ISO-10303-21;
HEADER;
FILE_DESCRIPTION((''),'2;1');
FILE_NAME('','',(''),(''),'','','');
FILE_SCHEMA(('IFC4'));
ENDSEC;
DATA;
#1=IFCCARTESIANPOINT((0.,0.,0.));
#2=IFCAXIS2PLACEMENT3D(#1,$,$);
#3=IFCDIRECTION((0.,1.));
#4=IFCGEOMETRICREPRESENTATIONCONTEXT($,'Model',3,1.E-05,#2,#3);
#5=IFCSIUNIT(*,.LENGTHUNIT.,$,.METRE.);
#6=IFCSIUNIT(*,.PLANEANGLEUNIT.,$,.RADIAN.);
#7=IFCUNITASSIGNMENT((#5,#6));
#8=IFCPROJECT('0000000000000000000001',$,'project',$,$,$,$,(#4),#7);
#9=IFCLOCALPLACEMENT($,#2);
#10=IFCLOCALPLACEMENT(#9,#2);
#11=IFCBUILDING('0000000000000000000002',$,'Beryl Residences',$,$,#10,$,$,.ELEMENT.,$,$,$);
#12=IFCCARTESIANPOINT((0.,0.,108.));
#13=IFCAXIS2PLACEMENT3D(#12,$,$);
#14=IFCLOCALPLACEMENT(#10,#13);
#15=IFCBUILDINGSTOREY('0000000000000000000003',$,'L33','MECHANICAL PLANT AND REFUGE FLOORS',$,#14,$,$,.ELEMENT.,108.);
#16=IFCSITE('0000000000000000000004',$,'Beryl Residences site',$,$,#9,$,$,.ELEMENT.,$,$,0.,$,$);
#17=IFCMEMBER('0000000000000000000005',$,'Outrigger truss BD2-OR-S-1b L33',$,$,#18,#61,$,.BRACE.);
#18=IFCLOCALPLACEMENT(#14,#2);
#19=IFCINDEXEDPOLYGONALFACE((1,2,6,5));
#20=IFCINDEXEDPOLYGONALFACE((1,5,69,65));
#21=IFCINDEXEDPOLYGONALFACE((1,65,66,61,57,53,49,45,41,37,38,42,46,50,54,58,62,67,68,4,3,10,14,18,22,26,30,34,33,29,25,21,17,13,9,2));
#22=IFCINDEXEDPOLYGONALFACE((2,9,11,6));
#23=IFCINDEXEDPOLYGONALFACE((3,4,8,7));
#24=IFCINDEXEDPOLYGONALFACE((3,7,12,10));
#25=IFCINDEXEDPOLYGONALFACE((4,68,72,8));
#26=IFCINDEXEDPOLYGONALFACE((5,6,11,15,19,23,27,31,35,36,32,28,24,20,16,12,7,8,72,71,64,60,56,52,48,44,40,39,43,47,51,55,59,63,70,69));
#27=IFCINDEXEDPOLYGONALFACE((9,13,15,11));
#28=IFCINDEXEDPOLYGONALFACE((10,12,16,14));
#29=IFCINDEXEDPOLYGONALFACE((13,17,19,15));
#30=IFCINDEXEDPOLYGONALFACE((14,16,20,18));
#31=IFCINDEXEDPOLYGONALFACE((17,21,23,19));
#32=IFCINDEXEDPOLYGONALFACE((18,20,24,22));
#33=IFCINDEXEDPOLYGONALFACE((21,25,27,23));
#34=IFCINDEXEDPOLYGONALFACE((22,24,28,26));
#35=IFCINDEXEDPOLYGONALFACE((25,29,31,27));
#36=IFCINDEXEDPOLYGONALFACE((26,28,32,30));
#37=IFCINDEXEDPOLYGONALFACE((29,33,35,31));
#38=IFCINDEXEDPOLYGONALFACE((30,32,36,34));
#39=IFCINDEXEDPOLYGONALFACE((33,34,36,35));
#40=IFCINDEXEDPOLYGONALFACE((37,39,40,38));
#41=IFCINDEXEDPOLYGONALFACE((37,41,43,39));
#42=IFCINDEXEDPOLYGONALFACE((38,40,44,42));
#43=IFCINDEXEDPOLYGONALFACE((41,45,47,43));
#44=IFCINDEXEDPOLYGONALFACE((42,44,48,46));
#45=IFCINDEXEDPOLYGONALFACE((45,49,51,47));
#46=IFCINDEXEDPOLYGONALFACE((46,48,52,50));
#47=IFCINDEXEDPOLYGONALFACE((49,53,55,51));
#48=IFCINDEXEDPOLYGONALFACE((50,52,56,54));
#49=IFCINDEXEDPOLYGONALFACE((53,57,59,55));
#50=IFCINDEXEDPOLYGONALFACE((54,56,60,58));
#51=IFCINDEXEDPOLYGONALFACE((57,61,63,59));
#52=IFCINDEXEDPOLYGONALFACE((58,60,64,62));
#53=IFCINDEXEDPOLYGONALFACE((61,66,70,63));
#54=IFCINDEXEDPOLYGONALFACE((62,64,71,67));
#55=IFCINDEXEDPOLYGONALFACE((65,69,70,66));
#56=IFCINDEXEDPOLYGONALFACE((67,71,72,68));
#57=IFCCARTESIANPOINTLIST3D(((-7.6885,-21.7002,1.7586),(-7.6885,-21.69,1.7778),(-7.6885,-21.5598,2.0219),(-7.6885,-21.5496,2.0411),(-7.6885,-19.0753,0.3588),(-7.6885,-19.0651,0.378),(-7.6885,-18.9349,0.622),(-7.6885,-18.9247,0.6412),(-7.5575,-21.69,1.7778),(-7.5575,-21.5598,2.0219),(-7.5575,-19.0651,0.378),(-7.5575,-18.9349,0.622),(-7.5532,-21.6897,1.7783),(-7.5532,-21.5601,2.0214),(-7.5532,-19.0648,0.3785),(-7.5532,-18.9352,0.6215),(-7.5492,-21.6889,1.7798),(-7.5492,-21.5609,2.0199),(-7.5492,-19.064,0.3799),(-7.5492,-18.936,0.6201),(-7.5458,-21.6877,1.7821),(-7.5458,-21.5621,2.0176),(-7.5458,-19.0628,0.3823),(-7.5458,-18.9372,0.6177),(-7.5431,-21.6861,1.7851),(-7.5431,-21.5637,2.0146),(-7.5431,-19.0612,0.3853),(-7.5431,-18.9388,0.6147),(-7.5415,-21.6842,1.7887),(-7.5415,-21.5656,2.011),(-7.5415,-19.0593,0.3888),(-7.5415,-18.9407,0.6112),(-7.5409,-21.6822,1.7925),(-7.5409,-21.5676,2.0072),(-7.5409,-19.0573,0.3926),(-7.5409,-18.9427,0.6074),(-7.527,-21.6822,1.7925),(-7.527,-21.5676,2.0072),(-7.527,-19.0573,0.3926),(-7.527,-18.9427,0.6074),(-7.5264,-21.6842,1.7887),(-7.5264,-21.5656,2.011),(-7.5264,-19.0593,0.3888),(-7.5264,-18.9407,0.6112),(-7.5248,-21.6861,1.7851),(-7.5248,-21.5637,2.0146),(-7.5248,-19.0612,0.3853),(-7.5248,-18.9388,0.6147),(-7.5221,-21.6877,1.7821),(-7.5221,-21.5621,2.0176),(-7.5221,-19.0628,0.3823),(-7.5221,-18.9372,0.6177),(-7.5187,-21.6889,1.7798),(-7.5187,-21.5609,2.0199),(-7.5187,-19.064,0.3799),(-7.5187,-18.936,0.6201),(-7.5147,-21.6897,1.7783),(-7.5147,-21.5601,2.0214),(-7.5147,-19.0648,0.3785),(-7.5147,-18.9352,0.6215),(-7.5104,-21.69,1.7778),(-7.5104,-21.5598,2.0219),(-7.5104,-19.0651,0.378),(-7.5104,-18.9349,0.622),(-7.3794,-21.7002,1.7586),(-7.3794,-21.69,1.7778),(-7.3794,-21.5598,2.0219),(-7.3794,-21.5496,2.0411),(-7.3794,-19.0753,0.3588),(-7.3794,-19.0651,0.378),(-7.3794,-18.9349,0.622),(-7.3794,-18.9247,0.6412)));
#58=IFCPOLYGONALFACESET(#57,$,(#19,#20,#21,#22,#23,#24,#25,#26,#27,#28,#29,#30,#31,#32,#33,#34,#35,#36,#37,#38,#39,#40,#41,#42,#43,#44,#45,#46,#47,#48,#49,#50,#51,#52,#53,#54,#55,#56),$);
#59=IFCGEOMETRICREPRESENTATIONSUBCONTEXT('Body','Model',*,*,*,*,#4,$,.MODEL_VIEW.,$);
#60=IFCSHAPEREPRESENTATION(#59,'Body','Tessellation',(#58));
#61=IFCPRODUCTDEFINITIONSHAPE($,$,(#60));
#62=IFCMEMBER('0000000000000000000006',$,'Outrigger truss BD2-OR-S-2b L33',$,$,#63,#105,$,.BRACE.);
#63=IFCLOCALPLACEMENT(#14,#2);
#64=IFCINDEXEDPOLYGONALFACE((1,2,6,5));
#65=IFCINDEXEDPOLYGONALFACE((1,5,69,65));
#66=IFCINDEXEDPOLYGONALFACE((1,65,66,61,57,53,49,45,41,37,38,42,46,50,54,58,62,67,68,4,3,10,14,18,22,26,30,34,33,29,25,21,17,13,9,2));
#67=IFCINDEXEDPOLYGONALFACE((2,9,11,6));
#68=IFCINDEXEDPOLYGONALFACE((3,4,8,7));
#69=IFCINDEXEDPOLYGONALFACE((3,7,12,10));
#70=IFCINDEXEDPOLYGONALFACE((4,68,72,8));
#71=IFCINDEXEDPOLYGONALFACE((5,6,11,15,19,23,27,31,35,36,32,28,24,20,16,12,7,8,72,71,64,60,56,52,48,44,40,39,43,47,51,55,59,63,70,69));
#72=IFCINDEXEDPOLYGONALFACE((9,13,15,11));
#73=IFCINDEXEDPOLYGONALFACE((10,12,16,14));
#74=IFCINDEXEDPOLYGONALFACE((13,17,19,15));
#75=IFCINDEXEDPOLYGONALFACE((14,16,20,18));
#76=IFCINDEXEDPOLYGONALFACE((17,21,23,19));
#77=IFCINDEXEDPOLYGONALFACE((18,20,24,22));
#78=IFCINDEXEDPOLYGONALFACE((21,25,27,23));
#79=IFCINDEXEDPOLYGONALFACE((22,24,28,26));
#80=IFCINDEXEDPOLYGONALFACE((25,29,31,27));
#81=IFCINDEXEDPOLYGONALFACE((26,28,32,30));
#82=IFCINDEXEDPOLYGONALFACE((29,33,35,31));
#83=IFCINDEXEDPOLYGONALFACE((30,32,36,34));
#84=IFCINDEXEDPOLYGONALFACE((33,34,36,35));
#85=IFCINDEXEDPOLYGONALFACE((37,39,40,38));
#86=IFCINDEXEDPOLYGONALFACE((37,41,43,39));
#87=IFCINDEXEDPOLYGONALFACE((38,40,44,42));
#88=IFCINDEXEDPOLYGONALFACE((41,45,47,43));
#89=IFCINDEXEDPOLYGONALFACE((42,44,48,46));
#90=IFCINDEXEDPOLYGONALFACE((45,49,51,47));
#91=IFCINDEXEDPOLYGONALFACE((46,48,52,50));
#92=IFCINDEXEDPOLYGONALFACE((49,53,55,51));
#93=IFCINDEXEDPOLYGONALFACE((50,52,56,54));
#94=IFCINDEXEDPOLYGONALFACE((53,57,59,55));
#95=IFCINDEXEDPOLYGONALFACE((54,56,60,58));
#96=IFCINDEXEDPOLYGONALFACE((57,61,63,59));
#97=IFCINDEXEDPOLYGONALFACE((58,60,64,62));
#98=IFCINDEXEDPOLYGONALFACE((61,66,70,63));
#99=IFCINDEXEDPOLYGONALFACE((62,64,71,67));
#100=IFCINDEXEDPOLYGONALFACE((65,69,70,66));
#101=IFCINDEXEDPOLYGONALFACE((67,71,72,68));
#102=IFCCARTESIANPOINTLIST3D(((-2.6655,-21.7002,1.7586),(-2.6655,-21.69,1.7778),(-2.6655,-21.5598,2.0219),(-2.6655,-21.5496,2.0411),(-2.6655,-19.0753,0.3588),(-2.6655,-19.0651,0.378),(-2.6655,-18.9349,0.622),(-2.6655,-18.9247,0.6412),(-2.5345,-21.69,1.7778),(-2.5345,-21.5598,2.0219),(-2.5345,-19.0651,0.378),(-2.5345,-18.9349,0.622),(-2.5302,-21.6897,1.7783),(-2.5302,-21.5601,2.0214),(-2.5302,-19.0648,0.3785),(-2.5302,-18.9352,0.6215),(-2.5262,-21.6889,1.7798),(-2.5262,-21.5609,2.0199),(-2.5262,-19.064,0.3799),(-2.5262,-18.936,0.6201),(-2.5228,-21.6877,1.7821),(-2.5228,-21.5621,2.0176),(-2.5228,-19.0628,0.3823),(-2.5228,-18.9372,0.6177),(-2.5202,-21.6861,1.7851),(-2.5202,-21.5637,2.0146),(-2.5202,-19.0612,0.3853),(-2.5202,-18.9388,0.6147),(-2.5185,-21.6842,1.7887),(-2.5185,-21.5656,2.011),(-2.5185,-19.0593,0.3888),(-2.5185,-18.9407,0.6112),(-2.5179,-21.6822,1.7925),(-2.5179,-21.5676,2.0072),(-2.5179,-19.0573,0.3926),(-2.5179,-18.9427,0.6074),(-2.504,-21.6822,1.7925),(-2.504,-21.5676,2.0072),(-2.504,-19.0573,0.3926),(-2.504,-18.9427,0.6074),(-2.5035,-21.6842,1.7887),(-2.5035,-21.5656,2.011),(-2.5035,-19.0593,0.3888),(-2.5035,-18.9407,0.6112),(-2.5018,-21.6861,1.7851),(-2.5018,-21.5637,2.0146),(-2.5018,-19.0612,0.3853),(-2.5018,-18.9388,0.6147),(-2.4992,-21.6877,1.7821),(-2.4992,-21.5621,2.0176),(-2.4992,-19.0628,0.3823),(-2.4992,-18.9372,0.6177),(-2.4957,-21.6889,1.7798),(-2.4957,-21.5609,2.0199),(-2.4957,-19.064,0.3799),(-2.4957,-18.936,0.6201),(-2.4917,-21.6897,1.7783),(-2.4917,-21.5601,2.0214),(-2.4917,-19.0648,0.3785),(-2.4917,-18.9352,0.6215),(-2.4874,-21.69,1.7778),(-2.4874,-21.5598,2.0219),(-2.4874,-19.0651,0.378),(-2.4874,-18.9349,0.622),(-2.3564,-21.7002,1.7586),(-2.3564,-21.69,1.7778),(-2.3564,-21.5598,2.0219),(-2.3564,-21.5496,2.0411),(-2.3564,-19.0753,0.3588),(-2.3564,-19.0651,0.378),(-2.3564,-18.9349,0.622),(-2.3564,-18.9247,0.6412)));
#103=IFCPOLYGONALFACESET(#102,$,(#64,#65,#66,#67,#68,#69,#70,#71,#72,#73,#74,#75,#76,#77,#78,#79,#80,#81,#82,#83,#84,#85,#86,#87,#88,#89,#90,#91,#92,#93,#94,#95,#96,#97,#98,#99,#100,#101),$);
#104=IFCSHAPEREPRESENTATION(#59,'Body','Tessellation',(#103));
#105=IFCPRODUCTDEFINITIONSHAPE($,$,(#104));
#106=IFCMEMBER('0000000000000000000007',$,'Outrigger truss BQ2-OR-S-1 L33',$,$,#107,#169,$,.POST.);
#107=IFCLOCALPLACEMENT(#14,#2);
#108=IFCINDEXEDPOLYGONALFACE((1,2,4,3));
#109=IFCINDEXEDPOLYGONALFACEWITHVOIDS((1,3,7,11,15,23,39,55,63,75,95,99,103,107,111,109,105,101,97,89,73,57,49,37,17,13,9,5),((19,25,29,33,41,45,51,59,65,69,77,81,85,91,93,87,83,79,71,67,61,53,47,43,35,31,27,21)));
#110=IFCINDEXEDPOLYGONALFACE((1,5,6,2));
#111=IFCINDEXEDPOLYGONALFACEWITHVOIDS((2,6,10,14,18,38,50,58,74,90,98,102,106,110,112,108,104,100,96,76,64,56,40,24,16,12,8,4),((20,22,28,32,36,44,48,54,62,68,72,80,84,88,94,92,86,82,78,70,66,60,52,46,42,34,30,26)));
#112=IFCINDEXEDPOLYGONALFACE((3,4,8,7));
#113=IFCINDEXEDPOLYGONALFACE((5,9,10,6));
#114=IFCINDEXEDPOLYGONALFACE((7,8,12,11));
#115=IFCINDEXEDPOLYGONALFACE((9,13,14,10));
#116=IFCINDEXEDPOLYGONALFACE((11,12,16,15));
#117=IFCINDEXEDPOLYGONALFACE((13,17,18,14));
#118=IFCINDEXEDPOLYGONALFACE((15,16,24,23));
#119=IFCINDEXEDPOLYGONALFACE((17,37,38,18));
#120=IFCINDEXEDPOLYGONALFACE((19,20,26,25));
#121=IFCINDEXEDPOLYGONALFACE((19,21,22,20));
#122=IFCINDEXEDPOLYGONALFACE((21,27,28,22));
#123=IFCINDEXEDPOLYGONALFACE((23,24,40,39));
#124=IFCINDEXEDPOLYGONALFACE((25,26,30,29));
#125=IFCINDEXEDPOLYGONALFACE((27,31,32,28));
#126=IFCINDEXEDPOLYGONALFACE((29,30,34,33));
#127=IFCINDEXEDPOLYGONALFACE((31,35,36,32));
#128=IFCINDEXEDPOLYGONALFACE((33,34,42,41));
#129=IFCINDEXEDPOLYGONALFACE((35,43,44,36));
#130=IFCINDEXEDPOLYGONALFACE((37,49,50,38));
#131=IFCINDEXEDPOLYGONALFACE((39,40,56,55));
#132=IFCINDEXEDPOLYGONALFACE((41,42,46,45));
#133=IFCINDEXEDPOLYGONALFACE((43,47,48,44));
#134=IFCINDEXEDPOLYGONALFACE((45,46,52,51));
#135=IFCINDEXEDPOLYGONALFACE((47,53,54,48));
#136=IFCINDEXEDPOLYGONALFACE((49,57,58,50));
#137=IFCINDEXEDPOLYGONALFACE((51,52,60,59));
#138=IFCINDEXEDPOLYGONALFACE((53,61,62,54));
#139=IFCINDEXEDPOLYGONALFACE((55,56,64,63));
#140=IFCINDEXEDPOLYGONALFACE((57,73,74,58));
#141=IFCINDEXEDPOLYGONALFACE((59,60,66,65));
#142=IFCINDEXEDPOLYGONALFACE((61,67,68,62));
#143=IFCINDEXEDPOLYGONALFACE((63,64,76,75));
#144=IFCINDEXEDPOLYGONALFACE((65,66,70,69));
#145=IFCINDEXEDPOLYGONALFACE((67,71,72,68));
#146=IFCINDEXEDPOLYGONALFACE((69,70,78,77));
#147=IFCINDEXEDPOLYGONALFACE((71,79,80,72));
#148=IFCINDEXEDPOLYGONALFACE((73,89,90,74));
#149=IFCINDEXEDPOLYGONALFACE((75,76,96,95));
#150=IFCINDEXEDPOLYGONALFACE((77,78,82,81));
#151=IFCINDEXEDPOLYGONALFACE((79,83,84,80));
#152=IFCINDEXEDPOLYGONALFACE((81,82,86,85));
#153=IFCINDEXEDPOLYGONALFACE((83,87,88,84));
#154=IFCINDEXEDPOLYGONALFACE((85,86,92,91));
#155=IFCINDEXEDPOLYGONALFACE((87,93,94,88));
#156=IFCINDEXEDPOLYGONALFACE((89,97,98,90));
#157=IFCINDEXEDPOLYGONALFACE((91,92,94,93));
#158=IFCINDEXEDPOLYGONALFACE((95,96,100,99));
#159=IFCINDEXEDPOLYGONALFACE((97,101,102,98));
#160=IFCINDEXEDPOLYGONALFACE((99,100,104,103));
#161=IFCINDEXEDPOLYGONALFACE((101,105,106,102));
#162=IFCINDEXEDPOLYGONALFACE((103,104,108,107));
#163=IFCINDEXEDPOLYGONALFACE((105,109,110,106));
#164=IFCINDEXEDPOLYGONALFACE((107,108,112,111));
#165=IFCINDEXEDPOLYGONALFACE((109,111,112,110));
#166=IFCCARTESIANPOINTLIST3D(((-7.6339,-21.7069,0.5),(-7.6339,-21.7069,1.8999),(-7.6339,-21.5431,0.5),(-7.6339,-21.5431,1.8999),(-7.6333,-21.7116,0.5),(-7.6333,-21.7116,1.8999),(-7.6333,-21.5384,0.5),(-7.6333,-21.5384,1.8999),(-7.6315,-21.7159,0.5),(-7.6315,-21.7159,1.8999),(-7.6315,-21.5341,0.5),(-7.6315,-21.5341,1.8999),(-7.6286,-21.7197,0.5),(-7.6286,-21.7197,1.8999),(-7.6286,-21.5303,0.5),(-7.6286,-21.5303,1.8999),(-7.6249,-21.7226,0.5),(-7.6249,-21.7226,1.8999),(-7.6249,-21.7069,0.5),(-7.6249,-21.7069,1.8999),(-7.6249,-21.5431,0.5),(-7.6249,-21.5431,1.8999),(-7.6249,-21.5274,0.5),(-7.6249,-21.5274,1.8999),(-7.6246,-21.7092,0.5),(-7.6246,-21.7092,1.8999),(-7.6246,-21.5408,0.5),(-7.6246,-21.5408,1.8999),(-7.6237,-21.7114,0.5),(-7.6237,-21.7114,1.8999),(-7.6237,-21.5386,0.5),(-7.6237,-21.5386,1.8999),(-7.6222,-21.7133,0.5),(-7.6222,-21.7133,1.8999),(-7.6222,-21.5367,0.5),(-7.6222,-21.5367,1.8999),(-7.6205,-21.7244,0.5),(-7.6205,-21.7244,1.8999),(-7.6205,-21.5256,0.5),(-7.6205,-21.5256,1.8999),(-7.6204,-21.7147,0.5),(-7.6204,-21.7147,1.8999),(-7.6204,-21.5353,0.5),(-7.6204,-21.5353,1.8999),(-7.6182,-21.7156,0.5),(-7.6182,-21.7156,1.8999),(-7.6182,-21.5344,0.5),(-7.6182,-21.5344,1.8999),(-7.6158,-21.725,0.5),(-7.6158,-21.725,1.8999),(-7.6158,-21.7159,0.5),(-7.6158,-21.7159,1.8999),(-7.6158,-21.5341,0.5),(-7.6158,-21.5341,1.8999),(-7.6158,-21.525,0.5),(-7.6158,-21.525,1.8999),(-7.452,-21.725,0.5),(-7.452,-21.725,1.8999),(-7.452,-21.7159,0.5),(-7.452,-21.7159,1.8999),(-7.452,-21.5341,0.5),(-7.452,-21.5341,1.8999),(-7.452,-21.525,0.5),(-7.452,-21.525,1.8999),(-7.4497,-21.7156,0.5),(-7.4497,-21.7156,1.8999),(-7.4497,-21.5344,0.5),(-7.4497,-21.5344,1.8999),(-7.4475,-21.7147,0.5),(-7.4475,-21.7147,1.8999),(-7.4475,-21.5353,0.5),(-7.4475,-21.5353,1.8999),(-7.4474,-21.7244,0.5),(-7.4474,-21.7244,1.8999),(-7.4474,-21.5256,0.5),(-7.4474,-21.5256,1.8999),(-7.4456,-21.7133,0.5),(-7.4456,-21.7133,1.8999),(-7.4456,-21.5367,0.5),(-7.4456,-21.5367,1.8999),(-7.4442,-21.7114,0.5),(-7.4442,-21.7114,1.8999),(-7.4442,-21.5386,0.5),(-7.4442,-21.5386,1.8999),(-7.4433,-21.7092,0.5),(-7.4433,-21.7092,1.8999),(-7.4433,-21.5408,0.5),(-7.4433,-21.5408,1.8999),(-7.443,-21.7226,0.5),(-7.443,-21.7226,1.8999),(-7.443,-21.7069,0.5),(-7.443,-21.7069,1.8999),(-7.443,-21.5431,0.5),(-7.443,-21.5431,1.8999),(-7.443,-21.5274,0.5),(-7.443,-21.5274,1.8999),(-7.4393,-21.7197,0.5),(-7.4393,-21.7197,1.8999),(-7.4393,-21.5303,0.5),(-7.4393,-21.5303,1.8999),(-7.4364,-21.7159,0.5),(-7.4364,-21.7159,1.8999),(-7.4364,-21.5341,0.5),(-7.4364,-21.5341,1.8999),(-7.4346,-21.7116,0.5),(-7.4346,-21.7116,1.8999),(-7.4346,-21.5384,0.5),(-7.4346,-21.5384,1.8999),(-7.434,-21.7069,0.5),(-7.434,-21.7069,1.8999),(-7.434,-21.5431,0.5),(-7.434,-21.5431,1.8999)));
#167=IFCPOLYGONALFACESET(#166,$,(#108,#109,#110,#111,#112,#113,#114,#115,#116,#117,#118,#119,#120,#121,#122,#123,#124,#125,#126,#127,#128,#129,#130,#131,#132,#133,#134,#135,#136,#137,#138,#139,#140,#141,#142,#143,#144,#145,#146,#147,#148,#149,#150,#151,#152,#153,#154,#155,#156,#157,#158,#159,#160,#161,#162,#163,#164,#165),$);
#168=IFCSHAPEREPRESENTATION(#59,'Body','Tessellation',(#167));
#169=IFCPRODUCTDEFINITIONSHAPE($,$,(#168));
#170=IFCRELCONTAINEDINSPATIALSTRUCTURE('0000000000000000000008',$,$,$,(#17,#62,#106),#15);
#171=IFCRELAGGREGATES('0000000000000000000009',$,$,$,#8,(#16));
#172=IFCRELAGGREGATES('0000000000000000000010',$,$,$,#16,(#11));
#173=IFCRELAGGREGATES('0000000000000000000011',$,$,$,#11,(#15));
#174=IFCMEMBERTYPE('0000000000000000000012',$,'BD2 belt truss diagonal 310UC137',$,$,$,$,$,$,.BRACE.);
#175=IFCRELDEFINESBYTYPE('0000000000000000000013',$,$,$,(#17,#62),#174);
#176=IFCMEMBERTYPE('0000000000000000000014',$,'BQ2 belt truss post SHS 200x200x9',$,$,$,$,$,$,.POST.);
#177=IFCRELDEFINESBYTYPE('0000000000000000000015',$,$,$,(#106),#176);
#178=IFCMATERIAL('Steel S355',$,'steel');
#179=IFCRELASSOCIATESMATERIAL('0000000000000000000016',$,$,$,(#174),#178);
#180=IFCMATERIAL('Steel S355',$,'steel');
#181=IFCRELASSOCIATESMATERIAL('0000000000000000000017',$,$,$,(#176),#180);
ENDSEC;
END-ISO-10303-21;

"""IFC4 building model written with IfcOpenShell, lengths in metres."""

from ifc_helpers import new_model, si_unit, direction, frame, origin, origin_2d, place, context, subcontext, project, spatial, hollow_rectangle, i_section, extrude, material, material_profile, profile_set, type_object, element, save


model = new_model("IFC4")

# Units and contexts
model_context = context("Model", 3, precision=1e-05, world=origin(), true_north=direction((0.0, 1.0)))
body_context = subcontext(model_context, "Body", "Model", "MODEL_VIEW")
ifc_project = project(units=[si_unit("LENGTHUNIT", "METRE"), si_unit("PLANEANGLEUNIT", "RADIAN")], contexts=[model_context])

# Site, building, storey
site_placement = place(None, origin())
site = spatial("IfcSite", under=ifc_project, at=site_placement, Name="Beryl Residences site", CompositionType="ELEMENT", RefElevation=0.0)
building_placement = place(site_placement, origin())
building = spatial("IfcBuilding", under=site, at=building_placement, Name="Beryl Residences", CompositionType="ELEMENT")
storey_placement = place(building_placement, frame((0.0, 0.0, 108.0)))
storey = spatial("IfcBuildingStorey", under=building, at=storey_placement, Name="L33", Description="MECHANICAL PLANT AND REFUGE FLOORS", CompositionType="ELEMENT", Elevation=108.0)

# Members
ifc_material_1 = material(Name="Steel S355", Category="steel")
ifc_material_profile_1 = material_profile(ifc_material_1, i_section(OverallWidth=0.3091, OverallDepth=0.3201, WebThickness=0.0139, FlangeThickness=0.0217, FilletRadius=0.0166, at=origin_2d()))
ifc_profile_set_1 = profile_set([ifc_material_profile_1], Name="Steel S355")
member_type_1 = type_object("IfcMemberType", Name="BD2 belt truss diagonal 310UC137", PredefinedType="BRACE", material=ifc_profile_set_1)
for number, where, z_axis, x_axis, name in (
    (1, (-7.5339, -19.0, 0.5), (0.0, -0.882367, 0.470563), (1.0, 0.0, 0.0), "Outrigger truss BD2-OR-S-1b L33"),
    (2, (-2.511, -19.0, 0.5), (0.0, -0.882367, 0.470563), (1.0, 0.0, 0.0), "Outrigger truss BD2-OR-S-2b L33"),
):
    element("IfcMember", number, at=place(storey_placement, frame(where, z_axis=z_axis, x_axis=x_axis)), inside=storey, type_object=member_type_1, Name=name, PredefinedType="BRACE", context=body_context, shape_type="SweptSolid", body=[
        extrude(i_section(OverallWidth=0.3091, OverallDepth=0.3201, WebThickness=0.0139, FlangeThickness=0.0217, FilletRadius=0.0166, at=origin_2d()), origin(), (0.0, 0.0, 1.0), 2.9749),
    ])
ifc_material_2 = material(Name="Steel S355", Category="steel")
ifc_material_profile_2 = material_profile(ifc_material_2, hollow_rectangle(XDim=0.2, YDim=0.2, WallThickness=0.009, InnerFilletRadius=0.009, OuterFilletRadius=0.0181, at=origin_2d()))
ifc_profile_set_2 = profile_set([ifc_material_profile_2], Name="Steel S355")
member_type_2 = type_object("IfcMemberType", Name="BQ2 belt truss post SHS 200x200x9", PredefinedType="POST", material=ifc_profile_set_2)
for number, where, z_axis, x_axis, name in (
    (3, (-7.5339, -21.625, 0.5), (0.0, 0.0, 1.0), (1.0, 0.0, 0.0), "Outrigger truss BQ2-OR-S-1 L33"),
):
    element("IfcMember", number, at=place(storey_placement, frame(where, z_axis=z_axis, x_axis=x_axis)), inside=storey, type_object=member_type_2, Name=name, PredefinedType="POST", context=body_context, shape_type="SweptSolid", body=[
        extrude(hollow_rectangle(XDim=0.2, YDim=0.2, WallThickness=0.009, InnerFilletRadius=0.009, OuterFilletRadius=0.0181, at=origin_2d()), origin(), (0.0, 0.0, 1.0), 1.3999),
    ])

save(model, "model.ifc")
